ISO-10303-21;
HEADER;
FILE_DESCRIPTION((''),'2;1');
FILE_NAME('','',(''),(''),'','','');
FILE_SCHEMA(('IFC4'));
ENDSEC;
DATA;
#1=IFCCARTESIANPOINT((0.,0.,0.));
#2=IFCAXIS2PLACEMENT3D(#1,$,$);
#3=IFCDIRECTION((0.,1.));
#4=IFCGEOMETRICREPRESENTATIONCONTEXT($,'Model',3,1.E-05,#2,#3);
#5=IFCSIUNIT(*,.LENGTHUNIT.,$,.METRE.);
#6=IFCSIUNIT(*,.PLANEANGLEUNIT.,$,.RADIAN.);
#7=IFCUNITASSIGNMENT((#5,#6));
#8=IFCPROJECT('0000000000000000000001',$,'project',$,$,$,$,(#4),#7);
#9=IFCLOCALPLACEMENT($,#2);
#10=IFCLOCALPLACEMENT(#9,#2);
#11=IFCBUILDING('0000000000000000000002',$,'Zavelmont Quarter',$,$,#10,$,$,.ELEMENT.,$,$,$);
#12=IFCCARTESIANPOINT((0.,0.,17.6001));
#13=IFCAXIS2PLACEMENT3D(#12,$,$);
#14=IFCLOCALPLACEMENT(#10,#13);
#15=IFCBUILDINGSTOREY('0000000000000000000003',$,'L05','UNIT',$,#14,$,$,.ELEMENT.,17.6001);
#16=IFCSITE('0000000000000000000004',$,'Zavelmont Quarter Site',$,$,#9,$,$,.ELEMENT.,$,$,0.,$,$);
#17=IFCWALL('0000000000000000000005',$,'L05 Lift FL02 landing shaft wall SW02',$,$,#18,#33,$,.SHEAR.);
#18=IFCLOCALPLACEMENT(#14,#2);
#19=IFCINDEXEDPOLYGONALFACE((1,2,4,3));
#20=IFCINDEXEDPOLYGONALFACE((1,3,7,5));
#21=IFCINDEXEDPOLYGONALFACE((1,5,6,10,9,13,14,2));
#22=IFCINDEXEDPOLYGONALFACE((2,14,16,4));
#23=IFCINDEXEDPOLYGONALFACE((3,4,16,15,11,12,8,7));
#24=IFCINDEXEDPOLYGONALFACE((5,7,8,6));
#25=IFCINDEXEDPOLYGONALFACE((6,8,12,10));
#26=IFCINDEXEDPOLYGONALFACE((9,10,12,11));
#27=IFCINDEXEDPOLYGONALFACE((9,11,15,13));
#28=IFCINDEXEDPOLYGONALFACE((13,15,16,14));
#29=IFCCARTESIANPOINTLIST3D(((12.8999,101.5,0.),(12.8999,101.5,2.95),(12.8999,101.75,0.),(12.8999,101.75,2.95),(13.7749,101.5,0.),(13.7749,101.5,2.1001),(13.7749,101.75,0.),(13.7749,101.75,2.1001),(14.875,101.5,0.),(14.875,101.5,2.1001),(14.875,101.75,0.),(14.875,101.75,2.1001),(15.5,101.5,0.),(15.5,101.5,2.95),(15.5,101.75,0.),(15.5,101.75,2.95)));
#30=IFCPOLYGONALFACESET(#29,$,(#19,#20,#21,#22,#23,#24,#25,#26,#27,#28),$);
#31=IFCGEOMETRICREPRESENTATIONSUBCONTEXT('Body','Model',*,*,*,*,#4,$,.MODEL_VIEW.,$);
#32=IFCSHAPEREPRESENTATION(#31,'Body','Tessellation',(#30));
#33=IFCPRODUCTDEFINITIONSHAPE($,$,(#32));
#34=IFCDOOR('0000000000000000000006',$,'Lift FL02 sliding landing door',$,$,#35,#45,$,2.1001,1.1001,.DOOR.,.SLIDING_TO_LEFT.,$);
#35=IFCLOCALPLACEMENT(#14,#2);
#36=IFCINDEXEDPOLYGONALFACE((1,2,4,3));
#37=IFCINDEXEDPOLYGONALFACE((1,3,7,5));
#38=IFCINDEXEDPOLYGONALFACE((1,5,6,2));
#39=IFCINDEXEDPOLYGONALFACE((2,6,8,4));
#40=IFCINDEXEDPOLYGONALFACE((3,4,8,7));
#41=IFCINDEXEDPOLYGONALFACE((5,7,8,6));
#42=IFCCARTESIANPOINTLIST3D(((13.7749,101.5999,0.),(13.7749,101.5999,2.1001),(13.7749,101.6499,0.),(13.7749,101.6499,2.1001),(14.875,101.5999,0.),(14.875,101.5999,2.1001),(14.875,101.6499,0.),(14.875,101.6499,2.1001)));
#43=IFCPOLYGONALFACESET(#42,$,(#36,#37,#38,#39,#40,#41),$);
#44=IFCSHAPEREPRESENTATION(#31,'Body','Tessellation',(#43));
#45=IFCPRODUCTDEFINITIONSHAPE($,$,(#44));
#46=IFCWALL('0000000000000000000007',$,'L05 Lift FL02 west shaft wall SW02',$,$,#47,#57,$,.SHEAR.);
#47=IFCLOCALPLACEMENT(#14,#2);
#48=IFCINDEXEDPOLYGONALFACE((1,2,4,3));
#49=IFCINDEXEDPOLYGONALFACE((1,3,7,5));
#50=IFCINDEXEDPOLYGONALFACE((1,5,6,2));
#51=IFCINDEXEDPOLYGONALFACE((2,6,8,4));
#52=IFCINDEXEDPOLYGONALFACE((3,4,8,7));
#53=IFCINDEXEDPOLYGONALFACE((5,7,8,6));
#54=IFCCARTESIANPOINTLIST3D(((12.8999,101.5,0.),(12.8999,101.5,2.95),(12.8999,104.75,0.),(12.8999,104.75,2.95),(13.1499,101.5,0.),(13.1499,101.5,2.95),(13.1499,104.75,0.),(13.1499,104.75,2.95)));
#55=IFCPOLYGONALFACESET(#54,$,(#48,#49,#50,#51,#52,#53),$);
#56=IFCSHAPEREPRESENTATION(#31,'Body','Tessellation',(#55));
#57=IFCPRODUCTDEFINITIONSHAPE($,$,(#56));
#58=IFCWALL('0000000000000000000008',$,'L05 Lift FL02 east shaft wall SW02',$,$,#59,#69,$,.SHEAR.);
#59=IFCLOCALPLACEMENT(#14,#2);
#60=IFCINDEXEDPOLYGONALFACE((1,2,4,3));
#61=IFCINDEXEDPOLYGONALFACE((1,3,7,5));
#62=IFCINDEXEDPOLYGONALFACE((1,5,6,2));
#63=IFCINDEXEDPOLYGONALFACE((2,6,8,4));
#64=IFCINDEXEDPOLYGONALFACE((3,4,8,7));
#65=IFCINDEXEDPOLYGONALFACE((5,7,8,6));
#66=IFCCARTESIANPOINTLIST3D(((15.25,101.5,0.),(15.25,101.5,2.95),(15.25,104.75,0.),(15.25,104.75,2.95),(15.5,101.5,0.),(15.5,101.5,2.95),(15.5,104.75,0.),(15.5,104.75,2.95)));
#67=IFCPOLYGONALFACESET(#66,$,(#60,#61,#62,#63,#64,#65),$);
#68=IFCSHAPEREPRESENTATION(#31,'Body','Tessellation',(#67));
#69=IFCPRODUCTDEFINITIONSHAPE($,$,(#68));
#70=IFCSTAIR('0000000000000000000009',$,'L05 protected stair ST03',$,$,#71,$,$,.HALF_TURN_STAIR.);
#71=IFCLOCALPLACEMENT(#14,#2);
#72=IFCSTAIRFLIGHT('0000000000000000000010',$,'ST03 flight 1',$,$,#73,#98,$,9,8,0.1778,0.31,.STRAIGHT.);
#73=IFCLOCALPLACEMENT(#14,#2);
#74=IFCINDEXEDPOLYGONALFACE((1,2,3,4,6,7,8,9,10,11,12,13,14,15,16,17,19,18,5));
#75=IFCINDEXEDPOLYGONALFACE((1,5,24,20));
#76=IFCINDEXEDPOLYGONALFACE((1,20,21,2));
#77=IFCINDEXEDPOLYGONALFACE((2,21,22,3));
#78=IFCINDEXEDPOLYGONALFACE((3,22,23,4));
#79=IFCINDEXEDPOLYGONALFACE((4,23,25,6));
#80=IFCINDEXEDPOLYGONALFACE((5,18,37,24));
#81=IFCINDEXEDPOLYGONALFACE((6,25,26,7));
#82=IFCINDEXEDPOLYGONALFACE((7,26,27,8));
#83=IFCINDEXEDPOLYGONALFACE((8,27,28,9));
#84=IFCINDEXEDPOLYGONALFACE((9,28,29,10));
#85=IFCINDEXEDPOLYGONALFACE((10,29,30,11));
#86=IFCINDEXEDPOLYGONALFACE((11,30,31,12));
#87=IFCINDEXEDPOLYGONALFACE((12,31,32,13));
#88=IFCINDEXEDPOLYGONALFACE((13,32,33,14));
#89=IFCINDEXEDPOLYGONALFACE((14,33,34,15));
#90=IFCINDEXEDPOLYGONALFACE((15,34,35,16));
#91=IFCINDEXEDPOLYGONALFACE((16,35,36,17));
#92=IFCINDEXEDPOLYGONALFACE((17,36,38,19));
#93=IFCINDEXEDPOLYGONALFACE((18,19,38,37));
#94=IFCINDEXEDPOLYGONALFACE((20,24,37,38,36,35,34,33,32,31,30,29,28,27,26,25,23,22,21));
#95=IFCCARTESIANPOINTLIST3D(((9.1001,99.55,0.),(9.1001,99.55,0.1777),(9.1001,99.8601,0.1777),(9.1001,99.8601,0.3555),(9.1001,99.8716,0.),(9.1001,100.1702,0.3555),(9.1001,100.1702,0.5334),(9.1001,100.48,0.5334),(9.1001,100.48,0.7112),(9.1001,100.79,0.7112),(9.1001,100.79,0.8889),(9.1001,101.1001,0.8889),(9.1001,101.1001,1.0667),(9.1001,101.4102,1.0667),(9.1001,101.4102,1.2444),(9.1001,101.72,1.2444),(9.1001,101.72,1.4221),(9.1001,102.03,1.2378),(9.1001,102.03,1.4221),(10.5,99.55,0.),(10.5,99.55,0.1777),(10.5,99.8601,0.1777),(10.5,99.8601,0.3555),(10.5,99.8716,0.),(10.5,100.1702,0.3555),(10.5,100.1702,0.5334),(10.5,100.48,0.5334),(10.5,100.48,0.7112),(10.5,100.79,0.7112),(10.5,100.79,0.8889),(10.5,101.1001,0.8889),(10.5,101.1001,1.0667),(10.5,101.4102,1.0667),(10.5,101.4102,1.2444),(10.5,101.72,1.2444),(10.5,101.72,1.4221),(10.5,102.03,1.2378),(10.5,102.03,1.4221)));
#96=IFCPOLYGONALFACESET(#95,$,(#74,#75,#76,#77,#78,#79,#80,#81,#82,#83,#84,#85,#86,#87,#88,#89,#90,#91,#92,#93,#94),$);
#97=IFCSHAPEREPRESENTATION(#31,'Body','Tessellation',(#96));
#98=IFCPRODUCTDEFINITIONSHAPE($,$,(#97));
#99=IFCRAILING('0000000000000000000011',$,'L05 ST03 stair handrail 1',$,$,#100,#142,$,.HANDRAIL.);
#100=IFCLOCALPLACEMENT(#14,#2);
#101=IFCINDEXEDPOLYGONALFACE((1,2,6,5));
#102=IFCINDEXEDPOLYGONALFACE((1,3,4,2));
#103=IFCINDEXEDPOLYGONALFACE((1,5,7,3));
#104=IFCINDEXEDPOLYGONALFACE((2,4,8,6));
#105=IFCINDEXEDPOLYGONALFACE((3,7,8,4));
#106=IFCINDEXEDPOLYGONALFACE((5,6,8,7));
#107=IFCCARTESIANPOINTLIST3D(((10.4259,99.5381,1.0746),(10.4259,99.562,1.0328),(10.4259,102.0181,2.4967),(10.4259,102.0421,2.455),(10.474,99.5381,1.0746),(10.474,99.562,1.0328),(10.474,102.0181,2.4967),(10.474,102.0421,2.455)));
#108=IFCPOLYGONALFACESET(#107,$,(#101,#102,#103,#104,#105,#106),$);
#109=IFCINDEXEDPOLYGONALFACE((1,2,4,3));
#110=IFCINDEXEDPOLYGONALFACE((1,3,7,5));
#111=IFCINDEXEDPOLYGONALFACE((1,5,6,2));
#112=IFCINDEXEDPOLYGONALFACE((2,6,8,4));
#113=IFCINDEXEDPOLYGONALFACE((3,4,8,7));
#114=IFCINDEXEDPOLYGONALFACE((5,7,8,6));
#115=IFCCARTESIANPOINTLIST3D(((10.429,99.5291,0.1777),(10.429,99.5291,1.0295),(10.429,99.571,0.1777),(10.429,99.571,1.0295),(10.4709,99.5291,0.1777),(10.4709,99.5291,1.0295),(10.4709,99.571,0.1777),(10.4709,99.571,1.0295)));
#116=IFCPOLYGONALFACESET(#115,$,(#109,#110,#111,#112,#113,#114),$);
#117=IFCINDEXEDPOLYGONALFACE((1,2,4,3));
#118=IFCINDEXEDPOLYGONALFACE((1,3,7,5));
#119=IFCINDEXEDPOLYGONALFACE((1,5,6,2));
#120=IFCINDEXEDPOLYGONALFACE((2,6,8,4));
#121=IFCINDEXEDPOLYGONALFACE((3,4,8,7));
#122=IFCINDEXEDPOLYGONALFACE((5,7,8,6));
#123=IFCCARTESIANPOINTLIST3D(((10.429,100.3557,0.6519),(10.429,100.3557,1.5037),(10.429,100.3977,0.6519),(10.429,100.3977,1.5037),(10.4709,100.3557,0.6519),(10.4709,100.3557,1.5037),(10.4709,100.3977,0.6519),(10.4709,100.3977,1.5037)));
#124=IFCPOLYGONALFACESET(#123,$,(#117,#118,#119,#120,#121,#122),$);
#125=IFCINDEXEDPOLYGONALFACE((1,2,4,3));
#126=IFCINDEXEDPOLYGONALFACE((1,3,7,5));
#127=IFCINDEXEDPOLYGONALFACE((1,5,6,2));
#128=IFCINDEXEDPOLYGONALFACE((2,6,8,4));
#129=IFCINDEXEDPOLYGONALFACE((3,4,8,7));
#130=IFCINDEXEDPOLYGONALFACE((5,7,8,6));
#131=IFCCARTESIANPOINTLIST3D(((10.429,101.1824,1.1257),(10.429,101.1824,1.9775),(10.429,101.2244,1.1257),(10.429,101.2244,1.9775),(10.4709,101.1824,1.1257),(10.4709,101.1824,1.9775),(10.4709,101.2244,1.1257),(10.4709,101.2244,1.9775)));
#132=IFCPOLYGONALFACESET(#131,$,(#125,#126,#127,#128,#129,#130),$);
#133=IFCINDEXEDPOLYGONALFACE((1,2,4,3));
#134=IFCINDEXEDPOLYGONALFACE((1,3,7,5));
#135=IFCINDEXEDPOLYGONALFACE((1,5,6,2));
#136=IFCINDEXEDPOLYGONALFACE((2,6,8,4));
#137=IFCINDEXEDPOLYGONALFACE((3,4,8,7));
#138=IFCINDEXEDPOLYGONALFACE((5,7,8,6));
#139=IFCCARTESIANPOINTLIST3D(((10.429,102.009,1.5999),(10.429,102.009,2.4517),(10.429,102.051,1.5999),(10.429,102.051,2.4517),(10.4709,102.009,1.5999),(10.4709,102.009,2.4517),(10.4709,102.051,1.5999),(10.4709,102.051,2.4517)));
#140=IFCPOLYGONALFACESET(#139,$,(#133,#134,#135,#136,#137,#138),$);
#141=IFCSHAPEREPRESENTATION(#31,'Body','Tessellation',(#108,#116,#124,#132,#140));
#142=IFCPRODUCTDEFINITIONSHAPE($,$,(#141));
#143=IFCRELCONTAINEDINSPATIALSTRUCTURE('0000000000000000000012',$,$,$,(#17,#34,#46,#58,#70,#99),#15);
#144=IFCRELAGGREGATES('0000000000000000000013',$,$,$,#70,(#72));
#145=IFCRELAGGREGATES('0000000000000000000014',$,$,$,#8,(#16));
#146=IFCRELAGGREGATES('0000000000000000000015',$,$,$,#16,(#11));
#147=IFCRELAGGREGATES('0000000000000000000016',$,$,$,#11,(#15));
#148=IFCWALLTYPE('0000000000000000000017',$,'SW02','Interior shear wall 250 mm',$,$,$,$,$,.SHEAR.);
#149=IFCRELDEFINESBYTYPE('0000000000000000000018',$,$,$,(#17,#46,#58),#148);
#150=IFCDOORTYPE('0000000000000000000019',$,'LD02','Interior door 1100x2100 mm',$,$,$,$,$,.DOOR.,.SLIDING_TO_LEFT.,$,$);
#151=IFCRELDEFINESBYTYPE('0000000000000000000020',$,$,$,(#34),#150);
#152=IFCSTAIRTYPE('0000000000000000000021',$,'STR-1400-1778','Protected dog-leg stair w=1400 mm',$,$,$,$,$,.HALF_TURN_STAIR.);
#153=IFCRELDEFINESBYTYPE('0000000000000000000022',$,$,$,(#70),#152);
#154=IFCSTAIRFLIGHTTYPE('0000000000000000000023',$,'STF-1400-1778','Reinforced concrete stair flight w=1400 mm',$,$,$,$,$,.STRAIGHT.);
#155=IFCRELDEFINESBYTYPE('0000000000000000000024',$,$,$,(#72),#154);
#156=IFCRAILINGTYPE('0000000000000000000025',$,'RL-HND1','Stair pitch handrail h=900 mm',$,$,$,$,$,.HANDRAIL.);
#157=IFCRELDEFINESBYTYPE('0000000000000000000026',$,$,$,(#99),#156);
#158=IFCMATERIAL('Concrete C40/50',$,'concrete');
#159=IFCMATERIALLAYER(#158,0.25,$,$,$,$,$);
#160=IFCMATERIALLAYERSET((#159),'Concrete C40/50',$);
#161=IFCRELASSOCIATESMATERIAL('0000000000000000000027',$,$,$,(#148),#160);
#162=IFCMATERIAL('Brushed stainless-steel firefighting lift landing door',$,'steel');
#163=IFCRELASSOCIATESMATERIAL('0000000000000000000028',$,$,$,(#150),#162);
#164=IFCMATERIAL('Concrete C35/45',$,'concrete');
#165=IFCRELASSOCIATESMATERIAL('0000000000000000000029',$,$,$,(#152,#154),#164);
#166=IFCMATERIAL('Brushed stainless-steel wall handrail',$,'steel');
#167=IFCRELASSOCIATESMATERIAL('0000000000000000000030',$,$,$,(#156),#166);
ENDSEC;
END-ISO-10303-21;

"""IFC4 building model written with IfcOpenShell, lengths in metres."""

from ifc_helpers import new_model, si_unit, direction, frame, frame_2d, origin, origin_with_axes, origin_2d, place, context, subcontext, project, spatial, polyline, rectangle, outline, extrude, material, layer, layer_set, type_object, element, fill, aggregate, save


model = new_model("IFC4")

# Units and contexts
model_context = context("Model", 3, precision=1e-05, world=origin(), true_north=direction((0.0, 1.0)))
body_context = subcontext(model_context, "Body", "Model", "MODEL_VIEW")
ifc_project = project(units=[si_unit("LENGTHUNIT", "METRE"), si_unit("PLANEANGLEUNIT", "RADIAN")], contexts=[model_context])

# Site, building, storey
site_placement = place(None, origin())
site = spatial("IfcSite", under=ifc_project, at=site_placement, Name="Zavelmont Quarter Site", CompositionType="ELEMENT", RefElevation=0.0)
building_placement = place(site_placement, origin())
building = spatial("IfcBuilding", under=site, at=building_placement, Name="Zavelmont Quarter", CompositionType="ELEMENT")
storey_placement = place(building_placement, frame((0.0, 0.0, 17.6001)))
storey = spatial("IfcBuildingStorey", under=building, at=storey_placement, Name="L05", Description="UNIT", CompositionType="ELEMENT", Elevation=17.6001)

# Shared definitions
ifc_material_1 = material(Name="Concrete C35/45", Category="concrete")

# Wall, opening, door
ifc_material_2 = material(Name="Concrete C40/50", Category="concrete")
ifc_layer_1 = layer(ifc_material_2, 0.25)
ifc_layer_set_1 = layer_set([ifc_layer_1], Name="Concrete C40/50")
wall_type_1 = type_object("IfcWallType", Name="SW02", Description="Interior shear wall 250 mm", PredefinedType="SHEAR", material=ifc_layer_set_1)
wall_1_placement = place(storey_placement, frame((12.8999, 101.625, 0.0), z_axis=(0.0, 0.0, 1.0), x_axis=(1.0, 0.0, 0.0)))
wall_1 = element("IfcWall", 1, at=wall_1_placement, inside=storey, type_object=wall_type_1, Name="L05 Lift FL02 landing shaft wall SW02", PredefinedType="SHEAR", context=body_context, shape_type="SweptSolid", body=[
    extrude(rectangle(XDim=2.6001, YDim=0.25, at=frame_2d((1.3, 0.0))), origin(), (0.0, 0.0, 1.0), 2.95),
])
opening_1_placement = place(wall_1_placement, frame((0.875, 0.0, 0.0)))
opening_1 = element("IfcOpeningElement", 2, at=opening_1_placement, cuts=wall_1, PredefinedType="OPENING", context=body_context, shape_type="SweptSolid", body=[
    extrude(rectangle(XDim=1.1001, YDim=2.1001, at=frame_2d((0.55, 1.05))), frame((0.0, 0.137, 0.0), z_axis=(0.0, -1.0, 0.0), x_axis=(1.0, 0.0, 0.0)), (0.0, 0.0, 1.0), 0.2739),
])
ifc_material_3 = material(Name="Brushed stainless-steel firefighting lift landing door", Category="steel")
door_type_1 = type_object("IfcDoorType", Name="LD02", Description="Interior door 1100x2100 mm", OperationType="SLIDING_TO_LEFT", PredefinedType="DOOR", material=ifc_material_3)
door_1_placement = place(opening_1_placement, origin_with_axes())
door_1 = element("IfcDoor", 3, at=door_1_placement, inside=storey, type_object=door_type_1, Name="Lift FL02 sliding landing door", OperationType="SLIDING_TO_LEFT", OverallHeight=2.1001, OverallWidth=1.1001, PredefinedType="DOOR", context=body_context, shape_type="SweptSolid", body=[
    extrude(rectangle(XDim=1.1001, YDim=2.1001, at=frame_2d((0.55, 1.05))), frame((0.0, 0.0249, 0.0), z_axis=(0.0, -1.0, 0.0), x_axis=(1.0, 0.0, 0.0)), (0.0, 0.0, 1.0), 0.05),
])
fill(opening_1, door_1)

# Walls
for number, where, z_axis, x_axis, name in (
    (4, (13.0249, 101.5, 0.0), (0.0, 0.0, 1.0), (0.0, 1.0, 0.0), "L05 Lift FL02 west shaft wall SW02"),
    (5, (15.375, 101.5, 0.0), (0.0, 0.0, 1.0), (0.0, 1.0, 0.0), "L05 Lift FL02 east shaft wall SW02"),
):
    element("IfcWall", number, at=place(storey_placement, frame(where, z_axis=z_axis, x_axis=x_axis)), inside=storey, type_object=wall_type_1, Name=name, PredefinedType="SHEAR", context=body_context, shape_type="SweptSolid", body=[
        extrude(rectangle(XDim=3.25, YDim=0.25, at=frame_2d((1.625, 0.0))), origin(), (0.0, 0.0, 1.0), 2.95),
    ])

# Stair, stair flight
stair_type = type_object("IfcStairType", Name="STR-1400-1778", Description="Protected dog-leg stair w=1400 mm", PredefinedType="HALF_TURN_STAIR", material=ifc_material_1)
stair_placement = place(storey_placement, origin())
stair = element("IfcStair", 6, at=stair_placement, inside=storey, type_object=stair_type, Name="L05 protected stair ST03", PredefinedType="HALF_TURN_STAIR")
stair_flight_type = type_object("IfcStairFlightType", Name="STF-1400-1778", Description="Reinforced concrete stair flight w=1400 mm", PredefinedType="STRAIGHT", material=ifc_material_1)
stair_flight_placement = place(storey_placement, frame((9.8, 99.55, 0.0), z_axis=(0.0, 0.0, 1.0), x_axis=(0.0, 1.0, 0.0)))
stair_flight = element("IfcStairFlight", 7, at=stair_flight_placement, type_object=stair_flight_type, Name="ST03 flight 1", NumberOfRisers=9, NumberOfTreads=8, PredefinedType="STRAIGHT", RiserHeight=0.1778, TreadLength=0.31, context=body_context, shape_type="SweptSolid", body=[
    extrude(outline(polyline([(0.0, 0.0), (0.0, 0.1777), (0.3101, 0.1777), (0.3101, 0.3555), (0.6201, 0.3555), (0.6201, 0.5334), (0.9299, 0.5334), (0.9299, 0.7112), (1.24, 0.7112), (1.24, 0.8889), (1.55, 0.8889), (1.55, 1.0667), (1.8601, 1.0667), (1.8601, 1.2444), (2.1699, 1.2444), (2.1699, 1.4221), (2.48, 1.4221), (2.48, 1.6001), (2.48, 1.2378), (0.3215, 0.0), (0.0, 0.0)])), frame((0.0, 0.7, 0.0), z_axis=(0.0, -1.0, 0.0), x_axis=(1.0, 0.0, 0.0)), (0.0, 0.0, 1.0), 1.3999),
])
aggregate(stair, [stair_flight])

# Railing
ifc_material_4 = material(Name="Brushed stainless-steel wall handrail", Category="steel")
railing_type = type_object("IfcRailingType", Name="RL-HND1", Description="Stair pitch handrail h=900 mm", PredefinedType="HANDRAIL", material=ifc_material_4)
railing_placement = place(storey_placement, frame((10.45, 99.55, 0.1777)))
element("IfcRailing", 8, at=railing_placement, inside=storey, type_object=railing_type, Name="L05 ST03 stair handrail 1", PredefinedType="HANDRAIL", context=body_context, shape_type="SweptSolid", body=[
    extrude(rectangle(XDim=0.0481, YDim=0.0481, at=origin_2d()), frame((0.0, 0.0, 0.876), z_axis=(0.0, 0.867491, 0.497454), x_axis=(-1.0, 0.0, 0.0)), (0.0, 0.0, 1.0), 2.8589),
    extrude(rectangle(XDim=0.042, YDim=0.042, at=origin_2d()), origin(), (0.0, 0.0, 1.0), 0.8518),
    extrude(rectangle(XDim=0.042, YDim=0.042, at=origin_2d()), frame((0.0, 0.8267, 0.4741)), (0.0, 0.0, 1.0), 0.8518),
    extrude(rectangle(XDim=0.042, YDim=0.042, at=origin_2d()), frame((0.0, 1.6533, 0.948)), (0.0, 0.0, 1.0), 0.8518),
    extrude(rectangle(XDim=0.042, YDim=0.042, at=origin_2d()), frame((0.0, 2.48, 1.4221)), (0.0, 0.0, 1.0), 0.8518),
])

save(model, "model.ifc")
